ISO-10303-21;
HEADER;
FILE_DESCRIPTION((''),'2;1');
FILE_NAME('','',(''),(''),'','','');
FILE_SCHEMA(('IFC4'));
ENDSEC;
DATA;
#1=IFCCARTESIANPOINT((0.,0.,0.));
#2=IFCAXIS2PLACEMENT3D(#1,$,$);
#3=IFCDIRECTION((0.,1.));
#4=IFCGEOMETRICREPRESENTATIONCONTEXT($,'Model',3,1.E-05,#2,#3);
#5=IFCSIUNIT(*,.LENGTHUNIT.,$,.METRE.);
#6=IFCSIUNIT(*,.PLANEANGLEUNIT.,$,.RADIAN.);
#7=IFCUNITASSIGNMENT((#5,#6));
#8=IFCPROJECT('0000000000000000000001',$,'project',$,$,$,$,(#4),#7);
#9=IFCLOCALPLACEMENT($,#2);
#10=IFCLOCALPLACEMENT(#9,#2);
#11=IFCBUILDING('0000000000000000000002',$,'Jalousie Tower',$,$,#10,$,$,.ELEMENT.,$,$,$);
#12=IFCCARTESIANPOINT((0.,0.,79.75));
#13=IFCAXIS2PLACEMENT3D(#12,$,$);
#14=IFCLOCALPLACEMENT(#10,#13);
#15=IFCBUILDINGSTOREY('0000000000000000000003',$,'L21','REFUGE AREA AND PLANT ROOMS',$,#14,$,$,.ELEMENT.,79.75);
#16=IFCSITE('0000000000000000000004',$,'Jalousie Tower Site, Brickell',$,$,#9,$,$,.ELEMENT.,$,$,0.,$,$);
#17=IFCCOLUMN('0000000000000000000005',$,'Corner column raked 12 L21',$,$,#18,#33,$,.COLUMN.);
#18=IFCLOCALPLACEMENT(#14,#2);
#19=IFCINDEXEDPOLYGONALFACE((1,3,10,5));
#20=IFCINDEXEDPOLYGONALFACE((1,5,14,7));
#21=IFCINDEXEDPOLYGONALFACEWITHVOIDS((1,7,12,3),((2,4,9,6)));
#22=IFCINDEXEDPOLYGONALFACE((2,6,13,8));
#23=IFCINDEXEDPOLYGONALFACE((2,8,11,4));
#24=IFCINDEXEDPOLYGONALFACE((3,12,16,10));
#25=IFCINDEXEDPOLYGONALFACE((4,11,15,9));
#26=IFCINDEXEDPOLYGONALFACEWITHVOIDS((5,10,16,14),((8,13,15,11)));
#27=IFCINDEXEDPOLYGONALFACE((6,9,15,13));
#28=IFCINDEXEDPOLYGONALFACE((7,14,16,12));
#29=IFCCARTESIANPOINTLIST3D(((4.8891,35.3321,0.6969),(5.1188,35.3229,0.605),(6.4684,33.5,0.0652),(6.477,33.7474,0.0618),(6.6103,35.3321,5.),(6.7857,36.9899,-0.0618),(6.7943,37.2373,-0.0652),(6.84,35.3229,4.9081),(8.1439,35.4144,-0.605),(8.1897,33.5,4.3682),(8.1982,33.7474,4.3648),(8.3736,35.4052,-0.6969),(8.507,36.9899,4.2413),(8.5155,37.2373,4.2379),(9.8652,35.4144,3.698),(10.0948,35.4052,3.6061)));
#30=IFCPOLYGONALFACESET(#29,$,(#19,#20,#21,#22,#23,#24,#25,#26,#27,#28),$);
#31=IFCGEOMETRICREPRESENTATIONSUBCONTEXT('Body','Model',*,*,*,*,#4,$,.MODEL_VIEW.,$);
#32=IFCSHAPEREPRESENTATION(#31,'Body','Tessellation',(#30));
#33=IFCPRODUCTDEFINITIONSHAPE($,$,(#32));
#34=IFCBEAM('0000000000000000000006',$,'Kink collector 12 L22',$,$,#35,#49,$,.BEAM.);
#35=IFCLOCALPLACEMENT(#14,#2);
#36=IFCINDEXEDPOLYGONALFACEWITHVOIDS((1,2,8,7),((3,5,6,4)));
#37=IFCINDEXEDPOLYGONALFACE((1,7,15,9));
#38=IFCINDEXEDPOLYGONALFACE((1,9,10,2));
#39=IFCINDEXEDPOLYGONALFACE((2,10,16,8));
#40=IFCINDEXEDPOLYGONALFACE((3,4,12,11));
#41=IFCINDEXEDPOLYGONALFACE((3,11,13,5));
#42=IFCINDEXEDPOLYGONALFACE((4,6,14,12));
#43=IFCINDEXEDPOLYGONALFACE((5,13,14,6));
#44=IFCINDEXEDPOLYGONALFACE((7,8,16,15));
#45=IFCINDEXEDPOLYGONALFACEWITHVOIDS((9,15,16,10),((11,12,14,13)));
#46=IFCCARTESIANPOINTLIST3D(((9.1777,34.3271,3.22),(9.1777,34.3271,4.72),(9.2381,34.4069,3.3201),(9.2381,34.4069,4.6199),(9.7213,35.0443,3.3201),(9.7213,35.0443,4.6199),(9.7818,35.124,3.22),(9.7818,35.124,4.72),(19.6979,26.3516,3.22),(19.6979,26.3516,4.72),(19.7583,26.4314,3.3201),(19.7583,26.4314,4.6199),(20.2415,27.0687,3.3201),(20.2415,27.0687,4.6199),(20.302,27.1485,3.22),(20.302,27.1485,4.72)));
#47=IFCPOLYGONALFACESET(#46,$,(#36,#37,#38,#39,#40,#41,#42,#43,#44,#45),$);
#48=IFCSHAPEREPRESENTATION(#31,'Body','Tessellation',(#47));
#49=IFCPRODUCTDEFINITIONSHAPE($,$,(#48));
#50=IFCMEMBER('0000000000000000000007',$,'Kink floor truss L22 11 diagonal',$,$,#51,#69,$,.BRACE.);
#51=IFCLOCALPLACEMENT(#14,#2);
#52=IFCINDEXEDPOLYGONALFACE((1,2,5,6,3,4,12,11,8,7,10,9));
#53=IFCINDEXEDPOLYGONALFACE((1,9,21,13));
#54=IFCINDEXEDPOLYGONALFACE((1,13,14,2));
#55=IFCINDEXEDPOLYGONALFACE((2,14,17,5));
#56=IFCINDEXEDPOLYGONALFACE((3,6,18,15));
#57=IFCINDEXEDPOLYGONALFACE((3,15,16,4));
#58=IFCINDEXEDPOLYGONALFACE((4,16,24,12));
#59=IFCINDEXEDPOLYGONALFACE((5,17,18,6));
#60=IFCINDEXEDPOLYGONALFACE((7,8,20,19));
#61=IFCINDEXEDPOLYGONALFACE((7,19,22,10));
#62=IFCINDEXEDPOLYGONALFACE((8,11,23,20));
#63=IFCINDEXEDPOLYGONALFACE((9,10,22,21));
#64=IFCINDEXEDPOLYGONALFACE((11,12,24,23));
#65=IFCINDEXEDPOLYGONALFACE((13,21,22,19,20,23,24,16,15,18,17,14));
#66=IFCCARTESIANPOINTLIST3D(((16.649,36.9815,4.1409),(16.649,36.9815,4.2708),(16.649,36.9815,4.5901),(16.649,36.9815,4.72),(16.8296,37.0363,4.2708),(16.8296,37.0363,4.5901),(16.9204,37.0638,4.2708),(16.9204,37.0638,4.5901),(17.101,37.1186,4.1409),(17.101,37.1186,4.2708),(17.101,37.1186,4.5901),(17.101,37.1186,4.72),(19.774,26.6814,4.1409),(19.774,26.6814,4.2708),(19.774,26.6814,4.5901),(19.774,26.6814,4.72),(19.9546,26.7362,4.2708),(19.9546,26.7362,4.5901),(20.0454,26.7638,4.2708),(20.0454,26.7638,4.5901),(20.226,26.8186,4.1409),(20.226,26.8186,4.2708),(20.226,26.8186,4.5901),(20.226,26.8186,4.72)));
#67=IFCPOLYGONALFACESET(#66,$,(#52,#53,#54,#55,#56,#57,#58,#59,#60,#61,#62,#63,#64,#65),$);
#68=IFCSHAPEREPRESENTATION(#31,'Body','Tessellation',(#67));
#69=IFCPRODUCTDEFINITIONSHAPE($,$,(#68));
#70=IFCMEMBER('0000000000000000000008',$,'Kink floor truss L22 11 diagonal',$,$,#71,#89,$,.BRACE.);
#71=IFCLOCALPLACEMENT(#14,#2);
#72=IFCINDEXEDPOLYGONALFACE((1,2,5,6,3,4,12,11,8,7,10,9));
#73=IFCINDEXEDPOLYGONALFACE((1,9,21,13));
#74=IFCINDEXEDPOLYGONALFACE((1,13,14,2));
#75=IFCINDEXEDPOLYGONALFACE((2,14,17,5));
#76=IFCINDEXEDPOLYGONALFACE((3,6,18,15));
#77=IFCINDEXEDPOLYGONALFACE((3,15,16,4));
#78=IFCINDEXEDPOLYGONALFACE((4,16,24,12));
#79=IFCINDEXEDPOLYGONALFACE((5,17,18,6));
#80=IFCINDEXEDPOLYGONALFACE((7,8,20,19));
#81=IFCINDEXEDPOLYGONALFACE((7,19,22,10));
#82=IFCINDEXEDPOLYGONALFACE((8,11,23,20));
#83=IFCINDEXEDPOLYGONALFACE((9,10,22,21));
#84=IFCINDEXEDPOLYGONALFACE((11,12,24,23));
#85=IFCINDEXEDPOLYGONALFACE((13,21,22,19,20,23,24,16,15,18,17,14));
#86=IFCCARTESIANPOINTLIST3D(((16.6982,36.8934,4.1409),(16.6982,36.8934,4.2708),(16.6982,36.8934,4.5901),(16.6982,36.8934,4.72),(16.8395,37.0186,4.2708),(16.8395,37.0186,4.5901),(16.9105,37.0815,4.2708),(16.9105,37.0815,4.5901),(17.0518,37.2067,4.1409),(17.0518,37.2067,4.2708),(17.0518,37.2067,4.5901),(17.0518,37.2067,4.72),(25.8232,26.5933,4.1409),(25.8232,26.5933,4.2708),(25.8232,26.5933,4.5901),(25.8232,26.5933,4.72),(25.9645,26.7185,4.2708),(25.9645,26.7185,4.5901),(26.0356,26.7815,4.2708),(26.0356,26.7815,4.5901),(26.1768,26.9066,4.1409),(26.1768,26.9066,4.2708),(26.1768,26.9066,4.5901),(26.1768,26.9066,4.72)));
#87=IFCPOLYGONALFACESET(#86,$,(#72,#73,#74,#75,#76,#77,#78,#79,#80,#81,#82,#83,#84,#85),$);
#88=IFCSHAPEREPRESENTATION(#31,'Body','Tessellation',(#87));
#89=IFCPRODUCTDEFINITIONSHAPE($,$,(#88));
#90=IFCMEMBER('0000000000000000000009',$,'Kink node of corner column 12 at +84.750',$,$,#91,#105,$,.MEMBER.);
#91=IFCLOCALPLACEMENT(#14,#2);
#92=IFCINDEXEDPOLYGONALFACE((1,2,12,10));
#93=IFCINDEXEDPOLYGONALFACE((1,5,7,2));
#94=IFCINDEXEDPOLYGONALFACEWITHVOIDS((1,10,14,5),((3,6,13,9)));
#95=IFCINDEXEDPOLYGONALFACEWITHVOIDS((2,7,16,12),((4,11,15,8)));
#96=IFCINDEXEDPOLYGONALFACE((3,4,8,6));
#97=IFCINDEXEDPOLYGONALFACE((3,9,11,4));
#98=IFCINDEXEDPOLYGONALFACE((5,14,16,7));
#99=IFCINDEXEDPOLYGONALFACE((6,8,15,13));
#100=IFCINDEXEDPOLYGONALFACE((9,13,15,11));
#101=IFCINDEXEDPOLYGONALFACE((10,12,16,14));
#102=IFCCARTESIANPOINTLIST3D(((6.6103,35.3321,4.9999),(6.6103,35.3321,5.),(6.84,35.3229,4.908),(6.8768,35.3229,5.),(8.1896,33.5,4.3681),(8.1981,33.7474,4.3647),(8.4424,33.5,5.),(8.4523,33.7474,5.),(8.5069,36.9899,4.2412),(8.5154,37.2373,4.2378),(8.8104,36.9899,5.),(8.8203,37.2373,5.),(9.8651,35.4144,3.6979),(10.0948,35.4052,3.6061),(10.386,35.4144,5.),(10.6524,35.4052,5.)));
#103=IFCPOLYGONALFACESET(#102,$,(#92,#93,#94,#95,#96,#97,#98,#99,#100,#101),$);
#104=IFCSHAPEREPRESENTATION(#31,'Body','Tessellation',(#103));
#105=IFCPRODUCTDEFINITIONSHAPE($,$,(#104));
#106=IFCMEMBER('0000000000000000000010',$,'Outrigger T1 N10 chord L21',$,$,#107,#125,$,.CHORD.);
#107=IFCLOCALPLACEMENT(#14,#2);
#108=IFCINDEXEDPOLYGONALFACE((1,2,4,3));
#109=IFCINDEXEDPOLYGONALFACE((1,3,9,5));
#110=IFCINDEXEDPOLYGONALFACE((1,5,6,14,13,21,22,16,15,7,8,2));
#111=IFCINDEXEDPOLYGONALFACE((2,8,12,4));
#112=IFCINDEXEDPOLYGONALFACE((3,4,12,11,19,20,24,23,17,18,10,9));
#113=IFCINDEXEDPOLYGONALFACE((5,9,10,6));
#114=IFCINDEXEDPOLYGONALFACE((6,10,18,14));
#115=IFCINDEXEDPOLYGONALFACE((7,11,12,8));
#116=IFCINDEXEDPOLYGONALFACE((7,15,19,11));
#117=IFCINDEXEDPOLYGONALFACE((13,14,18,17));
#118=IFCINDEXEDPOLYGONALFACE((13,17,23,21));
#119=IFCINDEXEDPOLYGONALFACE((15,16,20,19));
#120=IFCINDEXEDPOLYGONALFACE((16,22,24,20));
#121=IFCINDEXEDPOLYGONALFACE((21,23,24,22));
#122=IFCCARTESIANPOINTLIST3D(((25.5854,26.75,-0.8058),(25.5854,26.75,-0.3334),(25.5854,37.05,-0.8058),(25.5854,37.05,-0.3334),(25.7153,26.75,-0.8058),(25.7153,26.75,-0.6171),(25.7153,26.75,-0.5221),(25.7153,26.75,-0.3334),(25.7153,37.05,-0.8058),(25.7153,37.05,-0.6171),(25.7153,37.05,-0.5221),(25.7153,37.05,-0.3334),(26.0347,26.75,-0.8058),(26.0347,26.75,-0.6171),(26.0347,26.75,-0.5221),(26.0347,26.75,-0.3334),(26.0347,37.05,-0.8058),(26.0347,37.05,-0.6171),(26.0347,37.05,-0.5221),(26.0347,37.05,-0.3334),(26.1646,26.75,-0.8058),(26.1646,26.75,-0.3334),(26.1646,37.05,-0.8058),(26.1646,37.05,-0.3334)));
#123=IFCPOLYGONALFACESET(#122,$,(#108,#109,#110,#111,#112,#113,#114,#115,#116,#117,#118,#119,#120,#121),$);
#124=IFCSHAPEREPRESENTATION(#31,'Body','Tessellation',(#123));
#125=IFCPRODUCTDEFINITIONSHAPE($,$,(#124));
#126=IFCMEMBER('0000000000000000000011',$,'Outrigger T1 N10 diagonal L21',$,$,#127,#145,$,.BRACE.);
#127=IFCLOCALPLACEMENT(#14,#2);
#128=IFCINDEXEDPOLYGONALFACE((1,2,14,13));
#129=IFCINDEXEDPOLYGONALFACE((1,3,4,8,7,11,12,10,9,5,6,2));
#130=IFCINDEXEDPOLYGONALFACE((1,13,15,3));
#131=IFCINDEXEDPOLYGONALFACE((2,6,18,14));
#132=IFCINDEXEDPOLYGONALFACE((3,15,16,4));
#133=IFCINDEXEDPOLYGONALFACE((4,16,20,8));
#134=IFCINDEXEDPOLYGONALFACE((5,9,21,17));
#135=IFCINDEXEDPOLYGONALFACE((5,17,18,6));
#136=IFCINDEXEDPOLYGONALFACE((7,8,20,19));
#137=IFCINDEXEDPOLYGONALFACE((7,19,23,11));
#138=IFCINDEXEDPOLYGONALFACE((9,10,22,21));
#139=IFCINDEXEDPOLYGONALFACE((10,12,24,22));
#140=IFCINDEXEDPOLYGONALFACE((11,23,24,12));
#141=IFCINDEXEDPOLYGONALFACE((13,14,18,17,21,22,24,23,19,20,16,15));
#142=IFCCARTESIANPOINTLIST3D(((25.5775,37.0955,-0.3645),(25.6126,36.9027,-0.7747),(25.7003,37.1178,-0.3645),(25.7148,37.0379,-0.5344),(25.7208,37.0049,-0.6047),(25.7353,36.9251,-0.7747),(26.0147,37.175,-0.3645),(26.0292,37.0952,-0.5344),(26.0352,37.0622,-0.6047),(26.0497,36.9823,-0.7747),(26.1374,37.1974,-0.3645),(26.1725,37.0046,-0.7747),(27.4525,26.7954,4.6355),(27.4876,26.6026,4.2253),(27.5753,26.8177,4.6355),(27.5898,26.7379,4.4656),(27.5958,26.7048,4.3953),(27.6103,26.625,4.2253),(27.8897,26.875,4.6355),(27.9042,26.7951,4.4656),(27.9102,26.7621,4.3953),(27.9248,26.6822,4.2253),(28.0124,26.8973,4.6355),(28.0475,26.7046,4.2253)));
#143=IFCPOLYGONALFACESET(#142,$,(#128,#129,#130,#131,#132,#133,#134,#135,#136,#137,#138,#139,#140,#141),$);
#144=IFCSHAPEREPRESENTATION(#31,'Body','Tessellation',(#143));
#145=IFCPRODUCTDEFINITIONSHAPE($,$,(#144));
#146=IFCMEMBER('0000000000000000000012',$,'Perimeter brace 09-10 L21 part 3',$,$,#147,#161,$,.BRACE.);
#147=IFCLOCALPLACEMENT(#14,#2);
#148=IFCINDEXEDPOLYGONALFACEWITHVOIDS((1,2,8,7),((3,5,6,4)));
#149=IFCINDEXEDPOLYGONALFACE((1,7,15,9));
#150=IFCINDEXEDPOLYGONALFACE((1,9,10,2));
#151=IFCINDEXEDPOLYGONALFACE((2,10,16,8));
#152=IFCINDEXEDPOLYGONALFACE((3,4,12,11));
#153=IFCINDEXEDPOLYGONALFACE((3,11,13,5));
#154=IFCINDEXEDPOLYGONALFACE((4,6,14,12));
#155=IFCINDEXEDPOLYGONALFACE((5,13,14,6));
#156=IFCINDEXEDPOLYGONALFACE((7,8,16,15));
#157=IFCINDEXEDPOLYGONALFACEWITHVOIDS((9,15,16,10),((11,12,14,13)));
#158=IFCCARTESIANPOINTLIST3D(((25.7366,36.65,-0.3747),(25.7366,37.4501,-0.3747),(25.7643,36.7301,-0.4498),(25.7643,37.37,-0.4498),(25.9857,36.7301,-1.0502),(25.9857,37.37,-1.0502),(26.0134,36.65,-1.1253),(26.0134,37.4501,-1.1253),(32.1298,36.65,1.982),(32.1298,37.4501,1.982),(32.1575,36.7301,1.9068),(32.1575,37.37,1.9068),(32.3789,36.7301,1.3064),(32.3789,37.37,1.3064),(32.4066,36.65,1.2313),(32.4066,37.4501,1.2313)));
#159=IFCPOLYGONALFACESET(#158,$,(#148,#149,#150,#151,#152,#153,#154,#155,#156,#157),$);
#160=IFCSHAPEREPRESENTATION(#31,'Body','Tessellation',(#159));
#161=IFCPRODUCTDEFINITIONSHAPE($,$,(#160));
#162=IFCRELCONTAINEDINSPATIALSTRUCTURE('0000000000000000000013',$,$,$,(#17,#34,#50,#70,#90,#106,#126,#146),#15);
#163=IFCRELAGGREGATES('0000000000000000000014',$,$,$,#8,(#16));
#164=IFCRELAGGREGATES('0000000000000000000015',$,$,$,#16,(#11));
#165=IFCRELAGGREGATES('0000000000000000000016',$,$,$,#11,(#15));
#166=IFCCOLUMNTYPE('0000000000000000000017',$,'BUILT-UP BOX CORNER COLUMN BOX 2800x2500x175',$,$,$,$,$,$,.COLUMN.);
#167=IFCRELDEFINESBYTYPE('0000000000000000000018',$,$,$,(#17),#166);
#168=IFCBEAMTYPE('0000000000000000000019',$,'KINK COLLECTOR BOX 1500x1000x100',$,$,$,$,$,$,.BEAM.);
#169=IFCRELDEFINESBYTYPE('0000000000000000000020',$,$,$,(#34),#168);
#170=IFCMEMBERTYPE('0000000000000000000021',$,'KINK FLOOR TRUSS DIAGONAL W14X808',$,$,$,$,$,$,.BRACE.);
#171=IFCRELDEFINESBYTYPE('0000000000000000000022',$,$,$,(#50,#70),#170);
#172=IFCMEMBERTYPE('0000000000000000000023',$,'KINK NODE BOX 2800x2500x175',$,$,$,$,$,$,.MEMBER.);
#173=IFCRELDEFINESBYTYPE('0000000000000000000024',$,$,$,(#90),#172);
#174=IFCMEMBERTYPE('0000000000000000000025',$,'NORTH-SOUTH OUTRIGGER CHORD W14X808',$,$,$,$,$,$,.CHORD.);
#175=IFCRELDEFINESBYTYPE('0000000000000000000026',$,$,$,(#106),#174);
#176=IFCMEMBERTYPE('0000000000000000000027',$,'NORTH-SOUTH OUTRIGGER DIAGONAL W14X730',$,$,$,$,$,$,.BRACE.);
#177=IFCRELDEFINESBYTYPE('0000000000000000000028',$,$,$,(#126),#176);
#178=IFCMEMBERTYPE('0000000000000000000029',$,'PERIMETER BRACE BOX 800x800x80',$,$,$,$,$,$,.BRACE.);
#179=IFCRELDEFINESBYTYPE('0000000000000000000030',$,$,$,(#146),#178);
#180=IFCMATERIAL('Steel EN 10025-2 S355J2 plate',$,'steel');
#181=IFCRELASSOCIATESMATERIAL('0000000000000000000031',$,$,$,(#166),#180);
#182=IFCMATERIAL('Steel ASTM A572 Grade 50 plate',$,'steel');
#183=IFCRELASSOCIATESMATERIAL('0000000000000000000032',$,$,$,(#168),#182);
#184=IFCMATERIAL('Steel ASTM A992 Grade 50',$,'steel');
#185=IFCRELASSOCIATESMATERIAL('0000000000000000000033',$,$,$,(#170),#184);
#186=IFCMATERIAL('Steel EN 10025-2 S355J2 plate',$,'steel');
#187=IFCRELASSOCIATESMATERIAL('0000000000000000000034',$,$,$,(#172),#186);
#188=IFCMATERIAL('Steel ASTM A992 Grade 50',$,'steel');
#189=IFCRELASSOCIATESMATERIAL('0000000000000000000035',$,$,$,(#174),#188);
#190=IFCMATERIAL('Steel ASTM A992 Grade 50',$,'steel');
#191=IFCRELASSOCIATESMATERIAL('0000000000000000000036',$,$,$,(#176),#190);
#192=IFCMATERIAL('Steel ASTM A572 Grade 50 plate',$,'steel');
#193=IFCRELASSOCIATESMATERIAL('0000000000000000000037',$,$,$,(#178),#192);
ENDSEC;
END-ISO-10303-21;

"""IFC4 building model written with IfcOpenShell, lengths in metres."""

from ifc_helpers import new_model, si_unit, direction, frame, origin, origin_2d, place, context, subcontext, project, spatial, hollow_rectangle, i_section, extrude, clip, halfspace, material, material_profile, profile_set, type_object, element, save


model = new_model("IFC4")

# Units and contexts
model_context = context("Model", 3, precision=1e-05, world=origin(), true_north=direction((0.0, 1.0)))
body_context = subcontext(model_context, "Body", "Model", "MODEL_VIEW")
ifc_project = project(units=[si_unit("LENGTHUNIT", "METRE"), si_unit("PLANEANGLEUNIT", "RADIAN")], contexts=[model_context])

# Site, building, storey
site_placement = place(None, origin())
site = spatial("IfcSite", under=ifc_project, at=site_placement, Name="Jalousie Tower Site, Brickell", CompositionType="ELEMENT", RefElevation=0.0)
building_placement = place(site_placement, origin())
building = spatial("IfcBuilding", under=site, at=building_placement, Name="Jalousie Tower", CompositionType="ELEMENT")
storey_placement = place(building_placement, frame((0.0, 0.0, 79.75)))
storey = spatial("IfcBuildingStorey", under=building, at=storey_placement, Name="L21", Description="REFUGE AREA AND PLANT ROOMS", CompositionType="ELEMENT", Elevation=79.75)

# Column
ifc_material_1 = material(Name="Steel EN 10025-2 S355J2 plate", Category="steel")
ifc_material_profile_1 = material_profile(ifc_material_1, hollow_rectangle(XDim=2.5, YDim=2.8, WallThickness=0.175, at=origin_2d()), Name="BOX 2800x2500x175")
ifc_profile_set_1 = profile_set([ifc_material_profile_1], Name="Steel EN 10025-2 S355J2 plate")
column_type = type_object("IfcColumnType", Name="BUILT-UP BOX CORNER COLUMN BOX 2800x2500x175", PredefinedType="COLUMN", material=ifc_profile_set_1)
column_placement = place(storey_placement, frame((6.6313, 35.3687, 0.0), z_axis=(0.371391, 0.0, 0.928477), x_axis=(0.631749, -0.732828, -0.252699)))
element("IfcColumn", 1, at=column_placement, inside=storey, type_object=column_type, Name="Corner column raked 12 L21", PredefinedType="COLUMN", context=body_context, shape_type="SweptSolid", body=[
    extrude(hollow_rectangle(XDim=2.5, YDim=2.8, WallThickness=0.175, at=origin_2d()), origin(), (0.0, 0.0, 1.0), 4.6345),
])

# Beam
ifc_material_2 = material(Name="Steel ASTM A572 Grade 50 plate", Category="steel")
ifc_material_profile_2 = material_profile(ifc_material_2, hollow_rectangle(XDim=1.0, YDim=1.5, WallThickness=0.1001, at=origin_2d()), Name="BOX 1500x1000x100")
ifc_profile_set_2 = profile_set([ifc_material_profile_2], Name="Steel ASTM A572 Grade 50 plate")
beam_type_1 = type_object("IfcBeamType", Name="KINK COLLECTOR BOX 1500x1000x100", PredefinedType="BEAM", material=ifc_profile_set_2)
beam_1_placement = place(storey_placement, frame((9.4797, 34.7256, 3.97), z_axis=(0.796885, -0.604131, 0.0), x_axis=(0.604131, 0.796885, 0.0)))
element("IfcBeam", 2, at=beam_1_placement, inside=storey, type_object=beam_type_1, Name="Kink collector 12 L22", PredefinedType="BEAM", context=body_context, shape_type="SweptSolid", body=[
    extrude(hollow_rectangle(XDim=1.0, YDim=1.5, WallThickness=0.1001, at=origin_2d()), origin(), (0.0, 0.0, 1.0), 13.2017),
])

# Members
ifc_material_3 = material(Name="Steel ASTM A992 Grade 50", Category="steel")
ifc_material_profile_3 = material_profile(ifc_material_3, i_section(OverallWidth=0.4724, OverallDepth=0.5791, WebThickness=0.095, FlangeThickness=0.1299, at=origin_2d()), Name="W14X808")
ifc_profile_set_3 = profile_set([ifc_material_profile_3], Name="Steel ASTM A992 Grade 50")
member_type_1 = type_object("IfcMemberType", Name="KINK FLOOR TRUSS DIAGONAL W14X808", PredefinedType="BRACE", material=ifc_profile_set_3)
member_1_placement = place(storey_placement, frame((16.875, 37.05, 4.4304), z_axis=(0.290328, -0.956927, 0.0), x_axis=(0.956927, 0.290328, 0.0)))
element("IfcMember", 3, at=member_1_placement, inside=storey, type_object=member_type_1, Name="Kink floor truss L22 11 diagonal", PredefinedType="BRACE", context=body_context, shape_type="SweptSolid", body=[
    extrude(i_section(OverallWidth=0.4724, OverallDepth=0.5791, WebThickness=0.095, FlangeThickness=0.1299, at=origin_2d()), origin(), (0.0, 0.0, 1.0), 10.7637),
])
member_2_placement = place(storey_placement, frame((16.875, 37.05, 4.4304), z_axis=(0.663121, -0.748512, 0.0), x_axis=(0.748512, 0.663121, 0.0)))
element("IfcMember", 4, at=member_2_placement, inside=storey, type_object=member_type_1, Name="Kink floor truss L22 11 diagonal", PredefinedType="BRACE", context=body_context, shape_type="SweptSolid", body=[
    extrude(i_section(OverallWidth=0.4724, OverallDepth=0.5791, WebThickness=0.095, FlangeThickness=0.1299, at=origin_2d()), origin(), (0.0, 0.0, 1.0), 13.7607),
])
ifc_material_4 = material(Name="Steel EN 10025-2 S355J2 plate", Category="steel")
ifc_material_profile_4 = material_profile(ifc_material_4, hollow_rectangle(XDim=2.5, YDim=2.8, WallThickness=0.175, at=origin_2d()), Name="BOX 2800x2500x175")
ifc_profile_set_4 = profile_set([ifc_material_profile_4], Name="Steel EN 10025-2 S355J2 plate")
member_type_2 = type_object("IfcMemberType", Name="KINK NODE BOX 2800x2500x175", PredefinedType="MEMBER", material=ifc_profile_set_4)
member_3_placement = place(storey_placement, frame((8.3525, 35.3687, 4.303), z_axis=(0.371391, 0.0, 0.928477), x_axis=(0.631749, -0.732828, -0.252699)))
element("IfcMember", 5, at=member_3_placement, inside=storey, type_object=member_type_2, Name="Kink node of corner column 12 at +84.750", PredefinedType="MEMBER", context=body_context, shape_type="Clipping", body=[
    clip(extrude(hollow_rectangle(XDim=2.5, YDim=2.8, WallThickness=0.175, at=origin_2d()), origin(), (0.0, 0.0, 1.0), 1.5015), halfspace(frame((0.0, 0.0, 0.7507), z_axis=(-0.252699, -0.272165, 0.928477)), False)),
])
ifc_material_5 = material(Name="Steel ASTM A992 Grade 50", Category="steel")
ifc_material_profile_5 = material_profile(ifc_material_5, i_section(OverallWidth=0.4724, OverallDepth=0.5791, WebThickness=0.095, FlangeThickness=0.1299, at=origin_2d()), Name="W14X808")
ifc_profile_set_5 = profile_set([ifc_material_profile_5], Name="Steel ASTM A992 Grade 50")
member_type_3 = type_object("IfcMemberType", Name="NORTH-SOUTH OUTRIGGER CHORD W14X808", PredefinedType="CHORD", material=ifc_profile_set_5)
member_4_placement = place(storey_placement, frame((25.875, 37.05, -0.5696), z_axis=(0.0, -1.0, 0.0), x_axis=(0.0, 0.0, 1.0)))
element("IfcMember", 6, at=member_4_placement, inside=storey, type_object=member_type_3, Name="Outrigger T1 N10 chord L21", PredefinedType="CHORD", context=body_context, shape_type="SweptSolid", body=[
    extrude(i_section(OverallWidth=0.4724, OverallDepth=0.5791, WebThickness=0.095, FlangeThickness=0.1299, at=origin_2d()), origin(), (0.0, 0.0, 1.0), 10.3),
])
ifc_material_6 = material(Name="Steel ASTM A992 Grade 50", Category="steel")
ifc_material_profile_6 = material_profile(ifc_material_6, i_section(OverallWidth=0.4546, OverallDepth=0.5691, WebThickness=0.0779, FlangeThickness=0.1248, at=origin_2d()), Name="W14X730")
ifc_profile_set_6 = profile_set([ifc_material_profile_6], Name="Steel ASTM A992 Grade 50")
member_type_4 = type_object("IfcMemberType", Name="NORTH-SOUTH OUTRIGGER DIAGONAL W14X730", PredefinedType="BRACE", material=ifc_profile_set_6)
member_5_placement = place(storey_placement, frame((25.875, 37.05, -0.5696), z_axis=(0.16161, -0.887781, 0.43096), x_axis=(-0.077183, 0.423992, 0.902371)))
element("IfcMember", 7, at=member_5_placement, inside=storey, type_object=member_type_4, Name="Outrigger T1 N10 diagonal L21", PredefinedType="BRACE", context=body_context, shape_type="SweptSolid", body=[
    extrude(i_section(OverallWidth=0.4546, OverallDepth=0.5691, WebThickness=0.0779, FlangeThickness=0.1248, at=origin_2d()), origin(), (0.0, 0.0, 1.0), 11.6021),
])
ifc_material_7 = material(Name="Steel ASTM A572 Grade 50 plate", Category="steel")
ifc_material_profile_7 = material_profile(ifc_material_7, hollow_rectangle(XDim=0.8, YDim=0.8, WallThickness=0.0801, at=origin_2d()), Name="BOX 800x800x80")
ifc_profile_set_7 = profile_set([ifc_material_profile_7], Name="Steel ASTM A572 Grade 50 plate")
member_type_5 = type_object("IfcMemberType", Name="PERIMETER BRACE BOX 800x800x80", PredefinedType="BRACE", material=ifc_profile_set_7)
member_6_placement = place(storey_placement, frame((25.875, 37.05, -0.75), z_axis=(0.938283, 0.0, 0.345868), x_axis=(0.0, 1.0, 0.0)))
element("IfcMember", 8, at=member_6_placement, inside=storey, type_object=member_type_5, Name="Perimeter brace 09-10 L21 part 3", PredefinedType="BRACE", context=body_context, shape_type="SweptSolid", body=[
    extrude(hollow_rectangle(XDim=0.8, YDim=0.8, WallThickness=0.0801, at=origin_2d()), origin(), (0.0, 0.0, 1.0), 6.8137),
])

save(model, "model.ifc")
